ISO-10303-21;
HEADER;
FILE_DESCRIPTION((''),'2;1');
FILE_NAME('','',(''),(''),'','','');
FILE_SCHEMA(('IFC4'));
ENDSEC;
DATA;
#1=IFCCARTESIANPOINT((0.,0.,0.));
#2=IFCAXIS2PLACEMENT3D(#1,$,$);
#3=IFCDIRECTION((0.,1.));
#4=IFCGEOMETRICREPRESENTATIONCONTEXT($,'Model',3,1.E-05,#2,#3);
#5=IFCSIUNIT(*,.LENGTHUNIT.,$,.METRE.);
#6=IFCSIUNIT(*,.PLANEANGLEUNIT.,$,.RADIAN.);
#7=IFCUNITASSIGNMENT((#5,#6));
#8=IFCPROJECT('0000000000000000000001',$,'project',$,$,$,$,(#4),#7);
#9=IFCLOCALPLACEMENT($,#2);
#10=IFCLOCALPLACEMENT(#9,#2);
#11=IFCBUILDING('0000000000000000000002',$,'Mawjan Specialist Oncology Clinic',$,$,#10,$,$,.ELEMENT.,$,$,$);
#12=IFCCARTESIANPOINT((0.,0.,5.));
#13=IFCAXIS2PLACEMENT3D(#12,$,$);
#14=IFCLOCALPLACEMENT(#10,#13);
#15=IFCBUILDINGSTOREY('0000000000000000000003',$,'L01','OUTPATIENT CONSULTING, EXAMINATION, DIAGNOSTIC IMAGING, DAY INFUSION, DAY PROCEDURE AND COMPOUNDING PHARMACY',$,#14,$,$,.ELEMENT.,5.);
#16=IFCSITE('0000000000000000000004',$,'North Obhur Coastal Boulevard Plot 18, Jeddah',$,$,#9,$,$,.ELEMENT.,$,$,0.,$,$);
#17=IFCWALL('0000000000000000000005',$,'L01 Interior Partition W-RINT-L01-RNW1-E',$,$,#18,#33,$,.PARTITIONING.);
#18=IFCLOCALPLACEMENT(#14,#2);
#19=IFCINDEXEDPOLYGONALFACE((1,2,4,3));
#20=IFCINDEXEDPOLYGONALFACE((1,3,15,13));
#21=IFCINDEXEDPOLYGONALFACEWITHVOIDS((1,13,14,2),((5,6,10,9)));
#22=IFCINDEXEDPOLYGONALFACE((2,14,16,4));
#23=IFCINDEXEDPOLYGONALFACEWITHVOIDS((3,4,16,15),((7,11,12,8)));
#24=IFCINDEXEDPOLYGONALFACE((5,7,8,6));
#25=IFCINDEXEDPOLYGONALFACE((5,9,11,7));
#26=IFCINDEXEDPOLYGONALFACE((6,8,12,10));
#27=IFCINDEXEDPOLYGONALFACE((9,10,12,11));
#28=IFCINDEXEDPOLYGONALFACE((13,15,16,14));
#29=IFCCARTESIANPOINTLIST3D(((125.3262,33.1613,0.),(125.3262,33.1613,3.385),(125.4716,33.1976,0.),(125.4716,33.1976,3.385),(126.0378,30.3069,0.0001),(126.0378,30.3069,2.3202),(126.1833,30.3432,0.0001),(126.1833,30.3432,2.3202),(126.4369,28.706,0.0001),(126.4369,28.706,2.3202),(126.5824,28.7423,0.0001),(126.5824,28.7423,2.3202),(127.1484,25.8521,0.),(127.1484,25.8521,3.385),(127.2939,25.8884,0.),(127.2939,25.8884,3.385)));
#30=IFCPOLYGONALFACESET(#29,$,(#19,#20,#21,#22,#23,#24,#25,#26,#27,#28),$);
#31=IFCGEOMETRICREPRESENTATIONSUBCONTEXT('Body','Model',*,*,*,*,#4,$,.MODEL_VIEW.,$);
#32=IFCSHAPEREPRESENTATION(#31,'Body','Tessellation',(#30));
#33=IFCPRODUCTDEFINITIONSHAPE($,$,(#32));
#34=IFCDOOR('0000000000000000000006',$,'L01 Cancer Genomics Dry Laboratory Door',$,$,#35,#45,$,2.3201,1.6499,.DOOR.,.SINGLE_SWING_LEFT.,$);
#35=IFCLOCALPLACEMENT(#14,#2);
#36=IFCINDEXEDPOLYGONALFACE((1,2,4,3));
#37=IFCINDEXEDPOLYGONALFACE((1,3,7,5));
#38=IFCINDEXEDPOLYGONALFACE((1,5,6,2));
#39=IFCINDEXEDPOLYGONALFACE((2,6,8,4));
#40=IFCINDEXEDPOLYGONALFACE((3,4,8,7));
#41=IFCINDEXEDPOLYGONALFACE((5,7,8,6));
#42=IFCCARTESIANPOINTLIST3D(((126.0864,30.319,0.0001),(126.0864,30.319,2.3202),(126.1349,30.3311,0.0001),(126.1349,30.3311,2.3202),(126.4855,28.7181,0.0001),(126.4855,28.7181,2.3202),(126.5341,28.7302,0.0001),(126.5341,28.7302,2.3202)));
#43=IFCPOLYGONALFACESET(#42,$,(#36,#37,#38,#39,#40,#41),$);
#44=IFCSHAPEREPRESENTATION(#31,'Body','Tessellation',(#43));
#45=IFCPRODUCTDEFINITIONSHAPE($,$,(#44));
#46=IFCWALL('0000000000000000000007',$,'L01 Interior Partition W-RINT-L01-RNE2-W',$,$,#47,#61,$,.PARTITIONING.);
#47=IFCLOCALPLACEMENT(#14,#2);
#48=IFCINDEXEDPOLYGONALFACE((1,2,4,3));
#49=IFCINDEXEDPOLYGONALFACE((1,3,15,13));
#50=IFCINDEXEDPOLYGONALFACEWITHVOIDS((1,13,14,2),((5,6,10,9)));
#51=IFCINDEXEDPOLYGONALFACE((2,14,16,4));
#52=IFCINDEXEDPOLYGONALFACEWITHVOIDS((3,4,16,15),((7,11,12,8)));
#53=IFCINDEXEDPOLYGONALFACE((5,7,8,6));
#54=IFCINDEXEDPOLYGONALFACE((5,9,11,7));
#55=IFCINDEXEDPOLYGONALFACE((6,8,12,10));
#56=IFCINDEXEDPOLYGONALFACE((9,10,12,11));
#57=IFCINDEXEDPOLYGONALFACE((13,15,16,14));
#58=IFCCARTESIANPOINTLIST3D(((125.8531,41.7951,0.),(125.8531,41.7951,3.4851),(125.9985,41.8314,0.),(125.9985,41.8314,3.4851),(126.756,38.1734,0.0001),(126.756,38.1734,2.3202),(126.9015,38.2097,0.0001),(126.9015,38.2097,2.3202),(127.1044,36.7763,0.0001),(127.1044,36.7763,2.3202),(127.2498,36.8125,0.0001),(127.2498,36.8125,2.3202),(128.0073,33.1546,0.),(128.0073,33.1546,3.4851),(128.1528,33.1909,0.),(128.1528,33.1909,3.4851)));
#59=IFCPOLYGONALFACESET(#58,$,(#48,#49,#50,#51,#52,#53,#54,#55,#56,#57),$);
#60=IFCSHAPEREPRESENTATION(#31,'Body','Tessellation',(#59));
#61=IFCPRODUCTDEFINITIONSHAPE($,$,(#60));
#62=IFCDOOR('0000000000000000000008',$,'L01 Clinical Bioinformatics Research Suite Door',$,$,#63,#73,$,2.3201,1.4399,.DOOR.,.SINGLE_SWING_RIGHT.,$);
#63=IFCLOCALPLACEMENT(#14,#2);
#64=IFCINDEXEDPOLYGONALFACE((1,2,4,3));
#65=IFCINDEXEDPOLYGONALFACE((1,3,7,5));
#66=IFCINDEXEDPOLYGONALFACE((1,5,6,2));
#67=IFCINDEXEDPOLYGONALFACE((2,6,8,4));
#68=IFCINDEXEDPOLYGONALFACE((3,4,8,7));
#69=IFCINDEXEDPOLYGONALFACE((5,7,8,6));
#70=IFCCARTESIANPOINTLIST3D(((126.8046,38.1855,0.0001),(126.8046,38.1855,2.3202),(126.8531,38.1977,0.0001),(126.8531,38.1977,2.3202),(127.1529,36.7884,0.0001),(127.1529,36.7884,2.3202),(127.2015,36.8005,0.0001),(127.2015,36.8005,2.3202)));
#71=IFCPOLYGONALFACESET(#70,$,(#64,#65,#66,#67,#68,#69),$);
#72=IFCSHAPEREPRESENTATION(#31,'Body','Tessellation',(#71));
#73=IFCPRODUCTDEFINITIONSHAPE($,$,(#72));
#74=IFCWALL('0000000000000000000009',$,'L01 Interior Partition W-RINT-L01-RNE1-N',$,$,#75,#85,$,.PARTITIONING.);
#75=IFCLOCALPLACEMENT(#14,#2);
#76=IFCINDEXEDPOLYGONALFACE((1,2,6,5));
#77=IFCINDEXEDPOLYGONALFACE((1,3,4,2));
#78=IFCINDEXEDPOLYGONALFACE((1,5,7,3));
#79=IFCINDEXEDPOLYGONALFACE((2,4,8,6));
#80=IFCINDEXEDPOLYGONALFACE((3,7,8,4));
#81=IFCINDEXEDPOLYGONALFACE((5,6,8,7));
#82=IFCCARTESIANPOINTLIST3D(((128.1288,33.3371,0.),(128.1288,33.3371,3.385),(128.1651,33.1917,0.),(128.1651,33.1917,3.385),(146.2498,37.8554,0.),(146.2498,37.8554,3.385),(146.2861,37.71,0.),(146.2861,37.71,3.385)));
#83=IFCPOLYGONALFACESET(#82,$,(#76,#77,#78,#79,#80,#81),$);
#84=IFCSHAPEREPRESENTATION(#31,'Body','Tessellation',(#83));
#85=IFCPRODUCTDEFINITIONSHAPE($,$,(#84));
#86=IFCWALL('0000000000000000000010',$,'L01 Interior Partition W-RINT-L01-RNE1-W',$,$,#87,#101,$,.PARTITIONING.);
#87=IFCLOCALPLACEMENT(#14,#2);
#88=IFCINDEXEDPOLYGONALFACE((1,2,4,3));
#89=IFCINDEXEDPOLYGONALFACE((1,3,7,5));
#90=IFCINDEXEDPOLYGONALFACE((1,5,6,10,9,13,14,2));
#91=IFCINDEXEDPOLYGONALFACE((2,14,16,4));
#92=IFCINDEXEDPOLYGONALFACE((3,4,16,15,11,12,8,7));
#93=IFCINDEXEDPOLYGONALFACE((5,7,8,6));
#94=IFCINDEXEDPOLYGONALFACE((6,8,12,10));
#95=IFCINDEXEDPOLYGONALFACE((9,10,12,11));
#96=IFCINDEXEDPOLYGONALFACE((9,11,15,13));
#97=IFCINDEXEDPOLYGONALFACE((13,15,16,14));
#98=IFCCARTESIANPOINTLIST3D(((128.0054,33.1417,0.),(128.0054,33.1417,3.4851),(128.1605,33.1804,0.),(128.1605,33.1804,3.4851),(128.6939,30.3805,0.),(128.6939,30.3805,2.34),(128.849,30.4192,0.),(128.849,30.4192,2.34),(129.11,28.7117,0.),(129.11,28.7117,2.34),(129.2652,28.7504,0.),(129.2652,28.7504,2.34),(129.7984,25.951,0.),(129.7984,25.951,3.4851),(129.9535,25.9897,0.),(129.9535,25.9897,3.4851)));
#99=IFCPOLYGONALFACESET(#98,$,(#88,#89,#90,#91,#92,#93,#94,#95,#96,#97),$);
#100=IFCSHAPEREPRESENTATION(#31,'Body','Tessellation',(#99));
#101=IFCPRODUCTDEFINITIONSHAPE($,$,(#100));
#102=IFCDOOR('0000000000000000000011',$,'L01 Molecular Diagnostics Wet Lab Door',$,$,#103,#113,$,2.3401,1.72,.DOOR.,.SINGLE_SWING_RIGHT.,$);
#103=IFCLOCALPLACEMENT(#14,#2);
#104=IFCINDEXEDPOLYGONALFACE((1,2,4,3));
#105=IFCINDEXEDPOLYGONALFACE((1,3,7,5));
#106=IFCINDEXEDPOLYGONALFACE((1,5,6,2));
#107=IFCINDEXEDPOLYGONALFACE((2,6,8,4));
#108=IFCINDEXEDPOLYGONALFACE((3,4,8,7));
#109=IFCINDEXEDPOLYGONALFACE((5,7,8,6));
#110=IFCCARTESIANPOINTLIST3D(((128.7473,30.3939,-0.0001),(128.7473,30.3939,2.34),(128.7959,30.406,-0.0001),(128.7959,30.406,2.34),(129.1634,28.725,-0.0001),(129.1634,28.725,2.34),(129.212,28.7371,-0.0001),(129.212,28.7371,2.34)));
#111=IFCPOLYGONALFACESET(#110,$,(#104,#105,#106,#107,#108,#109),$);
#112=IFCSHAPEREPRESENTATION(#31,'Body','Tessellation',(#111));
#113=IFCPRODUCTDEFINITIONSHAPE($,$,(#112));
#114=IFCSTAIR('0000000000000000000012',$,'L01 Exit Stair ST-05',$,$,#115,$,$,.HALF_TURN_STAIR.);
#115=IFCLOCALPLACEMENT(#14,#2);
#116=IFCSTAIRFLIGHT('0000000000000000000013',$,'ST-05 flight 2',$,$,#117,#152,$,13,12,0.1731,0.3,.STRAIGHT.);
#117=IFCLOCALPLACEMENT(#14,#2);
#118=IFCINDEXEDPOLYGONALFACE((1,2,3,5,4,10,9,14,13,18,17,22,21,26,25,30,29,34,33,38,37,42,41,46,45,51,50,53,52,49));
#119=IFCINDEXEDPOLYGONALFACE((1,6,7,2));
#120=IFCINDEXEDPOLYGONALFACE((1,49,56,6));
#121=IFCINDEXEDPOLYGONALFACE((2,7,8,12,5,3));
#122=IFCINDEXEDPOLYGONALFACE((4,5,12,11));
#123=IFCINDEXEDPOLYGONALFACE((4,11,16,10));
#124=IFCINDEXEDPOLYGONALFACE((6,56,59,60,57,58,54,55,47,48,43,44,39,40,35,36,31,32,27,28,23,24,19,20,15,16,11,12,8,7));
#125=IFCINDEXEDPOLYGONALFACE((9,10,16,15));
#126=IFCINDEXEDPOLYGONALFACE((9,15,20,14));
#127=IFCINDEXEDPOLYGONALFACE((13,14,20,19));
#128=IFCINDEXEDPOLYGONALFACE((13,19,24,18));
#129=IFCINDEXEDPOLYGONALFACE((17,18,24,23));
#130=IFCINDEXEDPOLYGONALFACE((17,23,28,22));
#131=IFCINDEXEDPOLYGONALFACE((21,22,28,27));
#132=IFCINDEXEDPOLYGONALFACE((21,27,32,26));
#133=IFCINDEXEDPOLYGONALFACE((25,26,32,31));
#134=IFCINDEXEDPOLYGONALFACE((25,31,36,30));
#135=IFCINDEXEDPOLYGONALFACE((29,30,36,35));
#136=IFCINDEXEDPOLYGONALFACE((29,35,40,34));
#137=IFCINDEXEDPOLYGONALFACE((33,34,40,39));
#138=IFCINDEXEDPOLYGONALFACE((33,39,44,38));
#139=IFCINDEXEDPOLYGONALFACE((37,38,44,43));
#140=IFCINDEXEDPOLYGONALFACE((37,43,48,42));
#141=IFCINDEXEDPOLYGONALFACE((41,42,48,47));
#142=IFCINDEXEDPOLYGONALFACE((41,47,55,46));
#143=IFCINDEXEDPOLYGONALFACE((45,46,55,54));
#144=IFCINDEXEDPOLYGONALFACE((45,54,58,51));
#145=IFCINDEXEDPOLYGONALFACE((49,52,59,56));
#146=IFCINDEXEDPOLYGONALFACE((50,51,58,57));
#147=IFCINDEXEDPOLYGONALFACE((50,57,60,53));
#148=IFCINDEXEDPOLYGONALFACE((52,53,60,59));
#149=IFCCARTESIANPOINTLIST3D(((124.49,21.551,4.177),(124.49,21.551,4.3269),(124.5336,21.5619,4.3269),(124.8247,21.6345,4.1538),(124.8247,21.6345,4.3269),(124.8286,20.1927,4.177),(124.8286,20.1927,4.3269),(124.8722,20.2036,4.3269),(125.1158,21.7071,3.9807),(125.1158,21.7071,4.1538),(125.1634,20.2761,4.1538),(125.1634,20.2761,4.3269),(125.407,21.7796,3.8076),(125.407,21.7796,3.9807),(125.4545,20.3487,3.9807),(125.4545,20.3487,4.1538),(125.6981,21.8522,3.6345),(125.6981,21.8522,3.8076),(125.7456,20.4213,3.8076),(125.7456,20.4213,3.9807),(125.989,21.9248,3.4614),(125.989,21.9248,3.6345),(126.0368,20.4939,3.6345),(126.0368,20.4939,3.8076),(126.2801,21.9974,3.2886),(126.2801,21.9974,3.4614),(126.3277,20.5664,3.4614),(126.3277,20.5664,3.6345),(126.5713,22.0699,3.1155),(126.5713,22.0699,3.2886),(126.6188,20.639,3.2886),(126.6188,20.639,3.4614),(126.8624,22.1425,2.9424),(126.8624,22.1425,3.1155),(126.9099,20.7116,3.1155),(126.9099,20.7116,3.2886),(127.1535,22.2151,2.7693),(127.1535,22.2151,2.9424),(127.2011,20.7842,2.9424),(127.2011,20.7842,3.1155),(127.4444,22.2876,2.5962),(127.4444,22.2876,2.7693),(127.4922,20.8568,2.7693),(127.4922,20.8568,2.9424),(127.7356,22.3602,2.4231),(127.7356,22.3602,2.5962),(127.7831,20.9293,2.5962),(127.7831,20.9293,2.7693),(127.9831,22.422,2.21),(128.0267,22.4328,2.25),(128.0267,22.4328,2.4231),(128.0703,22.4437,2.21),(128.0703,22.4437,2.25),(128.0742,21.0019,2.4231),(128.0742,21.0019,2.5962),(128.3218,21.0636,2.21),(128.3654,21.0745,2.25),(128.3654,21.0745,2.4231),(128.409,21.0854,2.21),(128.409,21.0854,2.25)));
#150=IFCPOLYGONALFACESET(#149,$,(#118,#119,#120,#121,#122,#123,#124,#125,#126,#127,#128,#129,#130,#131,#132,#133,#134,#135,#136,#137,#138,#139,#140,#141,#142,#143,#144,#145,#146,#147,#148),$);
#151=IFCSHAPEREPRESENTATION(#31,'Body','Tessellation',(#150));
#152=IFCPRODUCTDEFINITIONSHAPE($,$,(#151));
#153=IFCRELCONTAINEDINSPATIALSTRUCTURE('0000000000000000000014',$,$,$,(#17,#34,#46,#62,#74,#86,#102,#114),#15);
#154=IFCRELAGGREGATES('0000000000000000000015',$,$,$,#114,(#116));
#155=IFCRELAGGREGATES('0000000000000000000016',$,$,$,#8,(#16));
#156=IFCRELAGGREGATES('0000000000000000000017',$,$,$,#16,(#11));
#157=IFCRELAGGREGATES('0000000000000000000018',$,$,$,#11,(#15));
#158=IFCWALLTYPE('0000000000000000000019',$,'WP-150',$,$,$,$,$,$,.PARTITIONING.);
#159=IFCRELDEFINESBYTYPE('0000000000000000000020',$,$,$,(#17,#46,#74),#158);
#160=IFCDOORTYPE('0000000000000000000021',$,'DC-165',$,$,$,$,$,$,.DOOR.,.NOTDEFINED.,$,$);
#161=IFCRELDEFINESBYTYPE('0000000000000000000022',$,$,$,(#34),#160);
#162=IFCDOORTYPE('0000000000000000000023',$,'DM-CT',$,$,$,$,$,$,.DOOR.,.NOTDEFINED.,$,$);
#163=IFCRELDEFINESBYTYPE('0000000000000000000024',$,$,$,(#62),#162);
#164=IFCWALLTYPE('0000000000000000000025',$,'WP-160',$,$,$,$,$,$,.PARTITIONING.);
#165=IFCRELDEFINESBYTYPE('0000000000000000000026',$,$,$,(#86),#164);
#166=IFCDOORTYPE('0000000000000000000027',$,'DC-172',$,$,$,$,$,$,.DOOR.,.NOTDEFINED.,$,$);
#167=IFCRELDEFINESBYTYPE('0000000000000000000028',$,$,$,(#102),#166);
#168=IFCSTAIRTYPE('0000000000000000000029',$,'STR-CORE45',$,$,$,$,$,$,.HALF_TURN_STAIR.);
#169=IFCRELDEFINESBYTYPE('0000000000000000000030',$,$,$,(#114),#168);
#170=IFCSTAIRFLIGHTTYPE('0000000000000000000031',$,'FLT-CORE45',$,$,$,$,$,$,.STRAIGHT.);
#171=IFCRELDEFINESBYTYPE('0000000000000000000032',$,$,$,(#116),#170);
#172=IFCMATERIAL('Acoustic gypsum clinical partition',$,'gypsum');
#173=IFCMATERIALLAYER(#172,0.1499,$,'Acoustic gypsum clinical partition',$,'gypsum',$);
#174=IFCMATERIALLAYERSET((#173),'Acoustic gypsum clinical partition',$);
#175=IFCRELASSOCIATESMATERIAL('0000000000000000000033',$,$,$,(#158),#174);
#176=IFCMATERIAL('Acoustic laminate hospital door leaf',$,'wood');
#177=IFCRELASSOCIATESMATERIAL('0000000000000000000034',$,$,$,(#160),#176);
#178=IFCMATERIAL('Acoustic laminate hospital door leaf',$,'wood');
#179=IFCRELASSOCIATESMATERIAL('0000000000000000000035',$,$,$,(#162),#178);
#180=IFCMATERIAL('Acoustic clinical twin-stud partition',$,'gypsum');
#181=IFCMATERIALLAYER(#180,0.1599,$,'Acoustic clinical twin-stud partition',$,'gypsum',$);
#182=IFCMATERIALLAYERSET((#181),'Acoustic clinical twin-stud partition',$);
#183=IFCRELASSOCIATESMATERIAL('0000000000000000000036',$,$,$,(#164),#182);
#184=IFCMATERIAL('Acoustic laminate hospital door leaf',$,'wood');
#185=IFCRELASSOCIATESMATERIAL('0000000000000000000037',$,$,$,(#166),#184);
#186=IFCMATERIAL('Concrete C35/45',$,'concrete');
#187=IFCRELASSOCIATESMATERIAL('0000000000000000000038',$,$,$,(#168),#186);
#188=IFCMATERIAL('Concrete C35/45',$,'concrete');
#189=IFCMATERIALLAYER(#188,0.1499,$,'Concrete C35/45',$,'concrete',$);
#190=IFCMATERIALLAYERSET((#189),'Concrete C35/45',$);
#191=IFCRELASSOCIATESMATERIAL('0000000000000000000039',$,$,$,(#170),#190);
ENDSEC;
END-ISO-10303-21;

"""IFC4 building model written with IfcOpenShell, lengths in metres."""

from ifc_helpers import new_model, si_unit, direction, frame, frame_2d, origin, place, context, subcontext, project, spatial, polyline, rectangle, outline, extrude, material, layer, layer_set, type_object, element, fill, aggregate, save


model = new_model("IFC4")

# Units and contexts
model_context = context("Model", 3, precision=1e-05, world=origin(), true_north=direction((0.0, 1.0)))
body_context = subcontext(model_context, "Body", "Model", "MODEL_VIEW")
ifc_project = project(units=[si_unit("LENGTHUNIT", "METRE"), si_unit("PLANEANGLEUNIT", "RADIAN")], contexts=[model_context])

# Site, building, storey
site_placement = place(None, origin())
site = spatial("IfcSite", under=ifc_project, at=site_placement, Name="North Obhur Coastal Boulevard Plot 18, Jeddah", CompositionType="ELEMENT", RefElevation=0.0)
building_placement = place(site_placement, origin())
building = spatial("IfcBuilding", under=site, at=building_placement, Name="Mawjan Specialist Oncology Clinic", CompositionType="ELEMENT")
storey_placement = place(building_placement, frame((0.0, 0.0, 5.0)))
storey = spatial("IfcBuildingStorey", under=building, at=storey_placement, Name="L01", Description="OUTPATIENT CONSULTING, EXAMINATION, DIAGNOSTIC IMAGING, DAY INFUSION, DAY PROCEDURE AND COMPOUNDING PHARMACY", CompositionType="ELEMENT", Elevation=5.0)

# Walls, openings, doors
ifc_material_1 = material(Name="Acoustic gypsum clinical partition", Category="gypsum")
ifc_layer_1 = layer(ifc_material_1, 0.1499, Name="Acoustic gypsum clinical partition", Category="gypsum")
ifc_layer_set_1 = layer_set([ifc_layer_1], Name="Acoustic gypsum clinical partition")
wall_type_1 = type_object("IfcWallType", Name="WP-150", PredefinedType="PARTITIONING", material=ifc_layer_set_1)
wall_1_placement = place(storey_placement, frame((127.2212, 25.8701, 0.0), z_axis=(0.0, 0.0, 1.0), x_axis=(-0.241903, 0.970301, 0.0)))
wall_1 = element("IfcWall", 1, at=wall_1_placement, inside=storey, type_object=wall_type_1, Name="L01 Interior Partition W-RINT-L01-RNW1-E", PredefinedType="PARTITIONING", context=body_context, shape_type="SweptSolid", body=[
    extrude(rectangle(XDim=7.533, YDim=0.1499, at=frame_2d((3.7666, 0.0))), origin(), (0.0, 0.0, 1.0), 3.385),
])
opening_1_placement = place(wall_1_placement, frame((2.9414, 0.0, 0.0)))
opening_1 = element("IfcOpeningElement", 2, at=opening_1_placement, cuts=wall_1, PredefinedType="OPENING", context=body_context, shape_type="SweptSolid", body=[
    extrude(rectangle(XDim=1.6499, YDim=2.3201, at=frame_2d((0.825, 1.1602))), frame((0.0, 0.0869, 0.0), z_axis=(0.0, -1.0, 0.0), x_axis=(1.0, 0.0, 0.0)), (0.0, 0.0, 1.0), 0.1738),
])
ifc_material_2 = material(Name="Acoustic laminate hospital door leaf", Category="wood")
door_type_1 = type_object("IfcDoorType", Name="DC-165", OperationType="NOTDEFINED", PredefinedType="DOOR", material=ifc_material_2)
door_1_placement = place(opening_1_placement, origin())
door_1 = element("IfcDoor", 3, at=door_1_placement, inside=storey, type_object=door_type_1, Name="L01 Cancer Genomics Dry Laboratory Door", OperationType="SINGLE_SWING_LEFT", OverallHeight=2.3201, OverallWidth=1.6499, PredefinedType="DOOR", context=body_context, shape_type="SweptSolid", body=[
    extrude(rectangle(XDim=1.6499, YDim=2.3201, at=frame_2d((0.825, 1.1602))), frame((0.0, 0.0249, 0.0), z_axis=(0.0, -1.0, 0.0), x_axis=(1.0, 0.0, 0.0)), (0.0, 0.0, 1.0), 0.05),
])
fill(opening_1, door_1)
wall_2_placement = place(storey_placement, frame((128.0801, 33.1726, 0.0), z_axis=(0.0, 0.0, 1.0), x_axis=(-0.241916, 0.970297, 0.0)))
wall_2 = element("IfcWall", 4, at=wall_2_placement, inside=storey, type_object=wall_type_1, Name="L01 Interior Partition W-RINT-L01-RNE2-W", PredefinedType="PARTITIONING", context=body_context, shape_type="SweptSolid", body=[
    extrude(rectangle(XDim=8.905, YDim=0.1499, at=frame_2d((4.4526, 0.0))), origin(), (0.0, 0.0, 1.0), 3.4851),
])
opening_2_placement = place(wall_2_placement, frame((3.7327, 0.0, 0.0)))
opening_2 = element("IfcOpeningElement", 5, at=opening_2_placement, cuts=wall_2, PredefinedType="OPENING", context=body_context, shape_type="SweptSolid", body=[
    extrude(rectangle(XDim=1.4399, YDim=2.3201, at=frame_2d((0.72, 1.1602))), frame((0.0, 0.0869, 0.0), z_axis=(0.0, -1.0, 0.0), x_axis=(1.0, 0.0, 0.0)), (0.0, 0.0, 1.0), 0.1738),
])
ifc_material_3 = material(Name="Acoustic laminate hospital door leaf", Category="wood")
door_type_2 = type_object("IfcDoorType", Name="DM-CT", OperationType="NOTDEFINED", PredefinedType="DOOR", material=ifc_material_3)
door_2_placement = place(opening_2_placement, origin())
door_2 = element("IfcDoor", 6, at=door_2_placement, inside=storey, type_object=door_type_2, Name="L01 Clinical Bioinformatics Research Suite Door", OperationType="SINGLE_SWING_RIGHT", OverallHeight=2.3201, OverallWidth=1.4399, PredefinedType="DOOR", context=body_context, shape_type="SweptSolid", body=[
    extrude(rectangle(XDim=1.4399, YDim=2.3201, at=frame_2d((0.72, 1.1602))), frame((0.0, 0.0249, 0.0), z_axis=(0.0, -1.0, 0.0), x_axis=(1.0, 0.0, 0.0)), (0.0, 0.0, 1.0), 0.05),
])
fill(opening_2, door_2)

# Wall
wall_3_placement = place(storey_placement, frame((128.147, 33.2644, 0.0), z_axis=(0.0, 0.0, 1.0), x_axis=(0.970293, 0.241933, 0.0)))
element("IfcWall", 7, at=wall_3_placement, inside=storey, type_object=wall_type_1, Name="L01 Interior Partition W-RINT-L01-RNE1-N", PredefinedType="PARTITIONING", context=body_context, shape_type="SweptSolid", body=[
    extrude(rectangle(XDim=18.6758, YDim=0.1499, at=frame_2d((9.3379, 0.0))), origin(), (0.0, 0.0, 1.0), 3.385),
])

# Wall, opening, door
ifc_material_4 = material(Name="Acoustic clinical twin-stud partition", Category="gypsum")
ifc_layer_2 = layer(ifc_material_4, 0.1599, Name="Acoustic clinical twin-stud partition", Category="gypsum")
ifc_layer_set_2 = layer_set([ifc_layer_2], Name="Acoustic clinical twin-stud partition")
wall_type_2 = type_object("IfcWallType", Name="WP-160", PredefinedType="PARTITIONING", material=ifc_layer_set_2)
wall_4_placement = place(storey_placement, frame((129.876, 25.9702, 0.0), z_axis=(0.0, 0.0, 1.0), x_axis=(-0.241939, 0.970292, 0.0)))
wall_4 = element("IfcWall", 8, at=wall_4_placement, inside=storey, type_object=wall_type_2, Name="L01 Interior Partition W-RINT-L01-RNE1-W", PredefinedType="PARTITIONING", context=body_context, shape_type="SweptSolid", body=[
    extrude(rectangle(XDim=7.4109, YDim=0.1599, at=frame_2d((3.7056, 0.0))), origin(), (0.0, 0.0, 1.0), 3.4851),
])
opening_3_placement = place(wall_4_placement, frame((2.8455, 0.0, 0.0)))
opening_3 = element("IfcOpeningElement", 9, at=opening_3_placement, cuts=wall_4, PredefinedType="OPENING", context=body_context, shape_type="SweptSolid", body=[
    extrude(rectangle(XDim=1.72, YDim=2.3401, at=frame_2d((0.8599, 1.1699))), frame((0.0, 0.092, 0.0), z_axis=(0.0, -1.0, 0.0), x_axis=(1.0, 0.0, 0.0)), (0.0, 0.0, 1.0), 0.1838),
])
ifc_material_5 = material(Name="Acoustic laminate hospital door leaf", Category="wood")
door_type_3 = type_object("IfcDoorType", Name="DC-172", OperationType="NOTDEFINED", PredefinedType="DOOR", material=ifc_material_5)
door_3_placement = place(opening_3_placement, origin())
door_3 = element("IfcDoor", 10, at=door_3_placement, inside=storey, type_object=door_type_3, Name="L01 Molecular Diagnostics Wet Lab Door", OperationType="SINGLE_SWING_RIGHT", OverallHeight=2.3401, OverallWidth=1.72, PredefinedType="DOOR", context=body_context, shape_type="SweptSolid", body=[
    extrude(rectangle(XDim=1.72, YDim=2.3401, at=frame_2d((0.8599, 1.1699))), frame((0.0, 0.0249, 0.0), z_axis=(0.0, -1.0, 0.0), x_axis=(1.0, 0.0, 0.0)), (0.0, 0.0, 1.0), 0.05),
])
fill(opening_3, door_3)

# Stair, stair flight
ifc_material_6 = material(Name="Concrete C35/45", Category="concrete")
stair_type = type_object("IfcStairType", Name="STR-CORE45", PredefinedType="HALF_TURN_STAIR", material=ifc_material_6)
stair_placement = place(storey_placement, origin())
stair = element("IfcStair", 11, at=stair_placement, inside=storey, type_object=stair_type, Name="L01 Exit Stair ST-05", PredefinedType="HALF_TURN_STAIR")
ifc_material_7 = material(Name="Concrete C35/45", Category="concrete")
ifc_layer_3 = layer(ifc_material_7, 0.1499, Name="Concrete C35/45", Category="concrete")
ifc_layer_set_3 = layer_set([ifc_layer_3], Name="Concrete C35/45")
stair_flight_type = type_object("IfcStairFlightType", Name="FLT-CORE45", PredefinedType="STRAIGHT", material=ifc_layer_set_3)
stair_flight_placement = place(storey_placement, frame((128.196, 21.7537, 2.25), z_axis=(0.0, 0.0, 1.0), x_axis=(-0.970296, -0.241922, 0.0)))
stair_flight = element("IfcStairFlight", 12, at=stair_flight_placement, type_object=stair_flight_type, Name="ST-05 flight 2", NumberOfRisers=13, NumberOfTreads=12, PredefinedType="STRAIGHT", RiserHeight=0.1731, TreadLength=0.3, context=body_context, shape_type="SweptSolid", body=[
    extrude(outline(polyline([(-0.0449, -0.04), (-0.0449, 0.0), (0.0, 0.0), (0.0, 0.1731), (0.3, 0.1731), (0.3, 0.3462), (0.6001, 0.3462), (0.6001, 0.5193), (0.8999, 0.5193), (0.8999, 0.6924), (1.2, 0.6924), (1.2, 0.8655), (1.5, 0.8655), (1.5, 1.0386), (1.8, 1.0386), (1.8, 1.2114), (2.1001, 1.2114), (2.1001, 1.3845), (2.3999, 1.3845), (2.3999, 1.5576), (2.7, 1.5576), (2.7, 1.7307), (3.0, 1.7307), (3.0, 1.9038), (3.3, 1.9038), (3.3, 2.0769), (3.6001, 2.0769), (3.645, 2.0769), (3.645, 1.927), (0.0449, -0.04), (-0.0449, -0.04)])), frame((0.0, 0.7, 0.0), z_axis=(0.0, -1.0, 0.0), x_axis=(1.0, 0.0, 0.0)), (0.0, 0.0, 1.0), 1.3999),
])
aggregate(stair, [stair_flight])

save(model, "model.ifc")
